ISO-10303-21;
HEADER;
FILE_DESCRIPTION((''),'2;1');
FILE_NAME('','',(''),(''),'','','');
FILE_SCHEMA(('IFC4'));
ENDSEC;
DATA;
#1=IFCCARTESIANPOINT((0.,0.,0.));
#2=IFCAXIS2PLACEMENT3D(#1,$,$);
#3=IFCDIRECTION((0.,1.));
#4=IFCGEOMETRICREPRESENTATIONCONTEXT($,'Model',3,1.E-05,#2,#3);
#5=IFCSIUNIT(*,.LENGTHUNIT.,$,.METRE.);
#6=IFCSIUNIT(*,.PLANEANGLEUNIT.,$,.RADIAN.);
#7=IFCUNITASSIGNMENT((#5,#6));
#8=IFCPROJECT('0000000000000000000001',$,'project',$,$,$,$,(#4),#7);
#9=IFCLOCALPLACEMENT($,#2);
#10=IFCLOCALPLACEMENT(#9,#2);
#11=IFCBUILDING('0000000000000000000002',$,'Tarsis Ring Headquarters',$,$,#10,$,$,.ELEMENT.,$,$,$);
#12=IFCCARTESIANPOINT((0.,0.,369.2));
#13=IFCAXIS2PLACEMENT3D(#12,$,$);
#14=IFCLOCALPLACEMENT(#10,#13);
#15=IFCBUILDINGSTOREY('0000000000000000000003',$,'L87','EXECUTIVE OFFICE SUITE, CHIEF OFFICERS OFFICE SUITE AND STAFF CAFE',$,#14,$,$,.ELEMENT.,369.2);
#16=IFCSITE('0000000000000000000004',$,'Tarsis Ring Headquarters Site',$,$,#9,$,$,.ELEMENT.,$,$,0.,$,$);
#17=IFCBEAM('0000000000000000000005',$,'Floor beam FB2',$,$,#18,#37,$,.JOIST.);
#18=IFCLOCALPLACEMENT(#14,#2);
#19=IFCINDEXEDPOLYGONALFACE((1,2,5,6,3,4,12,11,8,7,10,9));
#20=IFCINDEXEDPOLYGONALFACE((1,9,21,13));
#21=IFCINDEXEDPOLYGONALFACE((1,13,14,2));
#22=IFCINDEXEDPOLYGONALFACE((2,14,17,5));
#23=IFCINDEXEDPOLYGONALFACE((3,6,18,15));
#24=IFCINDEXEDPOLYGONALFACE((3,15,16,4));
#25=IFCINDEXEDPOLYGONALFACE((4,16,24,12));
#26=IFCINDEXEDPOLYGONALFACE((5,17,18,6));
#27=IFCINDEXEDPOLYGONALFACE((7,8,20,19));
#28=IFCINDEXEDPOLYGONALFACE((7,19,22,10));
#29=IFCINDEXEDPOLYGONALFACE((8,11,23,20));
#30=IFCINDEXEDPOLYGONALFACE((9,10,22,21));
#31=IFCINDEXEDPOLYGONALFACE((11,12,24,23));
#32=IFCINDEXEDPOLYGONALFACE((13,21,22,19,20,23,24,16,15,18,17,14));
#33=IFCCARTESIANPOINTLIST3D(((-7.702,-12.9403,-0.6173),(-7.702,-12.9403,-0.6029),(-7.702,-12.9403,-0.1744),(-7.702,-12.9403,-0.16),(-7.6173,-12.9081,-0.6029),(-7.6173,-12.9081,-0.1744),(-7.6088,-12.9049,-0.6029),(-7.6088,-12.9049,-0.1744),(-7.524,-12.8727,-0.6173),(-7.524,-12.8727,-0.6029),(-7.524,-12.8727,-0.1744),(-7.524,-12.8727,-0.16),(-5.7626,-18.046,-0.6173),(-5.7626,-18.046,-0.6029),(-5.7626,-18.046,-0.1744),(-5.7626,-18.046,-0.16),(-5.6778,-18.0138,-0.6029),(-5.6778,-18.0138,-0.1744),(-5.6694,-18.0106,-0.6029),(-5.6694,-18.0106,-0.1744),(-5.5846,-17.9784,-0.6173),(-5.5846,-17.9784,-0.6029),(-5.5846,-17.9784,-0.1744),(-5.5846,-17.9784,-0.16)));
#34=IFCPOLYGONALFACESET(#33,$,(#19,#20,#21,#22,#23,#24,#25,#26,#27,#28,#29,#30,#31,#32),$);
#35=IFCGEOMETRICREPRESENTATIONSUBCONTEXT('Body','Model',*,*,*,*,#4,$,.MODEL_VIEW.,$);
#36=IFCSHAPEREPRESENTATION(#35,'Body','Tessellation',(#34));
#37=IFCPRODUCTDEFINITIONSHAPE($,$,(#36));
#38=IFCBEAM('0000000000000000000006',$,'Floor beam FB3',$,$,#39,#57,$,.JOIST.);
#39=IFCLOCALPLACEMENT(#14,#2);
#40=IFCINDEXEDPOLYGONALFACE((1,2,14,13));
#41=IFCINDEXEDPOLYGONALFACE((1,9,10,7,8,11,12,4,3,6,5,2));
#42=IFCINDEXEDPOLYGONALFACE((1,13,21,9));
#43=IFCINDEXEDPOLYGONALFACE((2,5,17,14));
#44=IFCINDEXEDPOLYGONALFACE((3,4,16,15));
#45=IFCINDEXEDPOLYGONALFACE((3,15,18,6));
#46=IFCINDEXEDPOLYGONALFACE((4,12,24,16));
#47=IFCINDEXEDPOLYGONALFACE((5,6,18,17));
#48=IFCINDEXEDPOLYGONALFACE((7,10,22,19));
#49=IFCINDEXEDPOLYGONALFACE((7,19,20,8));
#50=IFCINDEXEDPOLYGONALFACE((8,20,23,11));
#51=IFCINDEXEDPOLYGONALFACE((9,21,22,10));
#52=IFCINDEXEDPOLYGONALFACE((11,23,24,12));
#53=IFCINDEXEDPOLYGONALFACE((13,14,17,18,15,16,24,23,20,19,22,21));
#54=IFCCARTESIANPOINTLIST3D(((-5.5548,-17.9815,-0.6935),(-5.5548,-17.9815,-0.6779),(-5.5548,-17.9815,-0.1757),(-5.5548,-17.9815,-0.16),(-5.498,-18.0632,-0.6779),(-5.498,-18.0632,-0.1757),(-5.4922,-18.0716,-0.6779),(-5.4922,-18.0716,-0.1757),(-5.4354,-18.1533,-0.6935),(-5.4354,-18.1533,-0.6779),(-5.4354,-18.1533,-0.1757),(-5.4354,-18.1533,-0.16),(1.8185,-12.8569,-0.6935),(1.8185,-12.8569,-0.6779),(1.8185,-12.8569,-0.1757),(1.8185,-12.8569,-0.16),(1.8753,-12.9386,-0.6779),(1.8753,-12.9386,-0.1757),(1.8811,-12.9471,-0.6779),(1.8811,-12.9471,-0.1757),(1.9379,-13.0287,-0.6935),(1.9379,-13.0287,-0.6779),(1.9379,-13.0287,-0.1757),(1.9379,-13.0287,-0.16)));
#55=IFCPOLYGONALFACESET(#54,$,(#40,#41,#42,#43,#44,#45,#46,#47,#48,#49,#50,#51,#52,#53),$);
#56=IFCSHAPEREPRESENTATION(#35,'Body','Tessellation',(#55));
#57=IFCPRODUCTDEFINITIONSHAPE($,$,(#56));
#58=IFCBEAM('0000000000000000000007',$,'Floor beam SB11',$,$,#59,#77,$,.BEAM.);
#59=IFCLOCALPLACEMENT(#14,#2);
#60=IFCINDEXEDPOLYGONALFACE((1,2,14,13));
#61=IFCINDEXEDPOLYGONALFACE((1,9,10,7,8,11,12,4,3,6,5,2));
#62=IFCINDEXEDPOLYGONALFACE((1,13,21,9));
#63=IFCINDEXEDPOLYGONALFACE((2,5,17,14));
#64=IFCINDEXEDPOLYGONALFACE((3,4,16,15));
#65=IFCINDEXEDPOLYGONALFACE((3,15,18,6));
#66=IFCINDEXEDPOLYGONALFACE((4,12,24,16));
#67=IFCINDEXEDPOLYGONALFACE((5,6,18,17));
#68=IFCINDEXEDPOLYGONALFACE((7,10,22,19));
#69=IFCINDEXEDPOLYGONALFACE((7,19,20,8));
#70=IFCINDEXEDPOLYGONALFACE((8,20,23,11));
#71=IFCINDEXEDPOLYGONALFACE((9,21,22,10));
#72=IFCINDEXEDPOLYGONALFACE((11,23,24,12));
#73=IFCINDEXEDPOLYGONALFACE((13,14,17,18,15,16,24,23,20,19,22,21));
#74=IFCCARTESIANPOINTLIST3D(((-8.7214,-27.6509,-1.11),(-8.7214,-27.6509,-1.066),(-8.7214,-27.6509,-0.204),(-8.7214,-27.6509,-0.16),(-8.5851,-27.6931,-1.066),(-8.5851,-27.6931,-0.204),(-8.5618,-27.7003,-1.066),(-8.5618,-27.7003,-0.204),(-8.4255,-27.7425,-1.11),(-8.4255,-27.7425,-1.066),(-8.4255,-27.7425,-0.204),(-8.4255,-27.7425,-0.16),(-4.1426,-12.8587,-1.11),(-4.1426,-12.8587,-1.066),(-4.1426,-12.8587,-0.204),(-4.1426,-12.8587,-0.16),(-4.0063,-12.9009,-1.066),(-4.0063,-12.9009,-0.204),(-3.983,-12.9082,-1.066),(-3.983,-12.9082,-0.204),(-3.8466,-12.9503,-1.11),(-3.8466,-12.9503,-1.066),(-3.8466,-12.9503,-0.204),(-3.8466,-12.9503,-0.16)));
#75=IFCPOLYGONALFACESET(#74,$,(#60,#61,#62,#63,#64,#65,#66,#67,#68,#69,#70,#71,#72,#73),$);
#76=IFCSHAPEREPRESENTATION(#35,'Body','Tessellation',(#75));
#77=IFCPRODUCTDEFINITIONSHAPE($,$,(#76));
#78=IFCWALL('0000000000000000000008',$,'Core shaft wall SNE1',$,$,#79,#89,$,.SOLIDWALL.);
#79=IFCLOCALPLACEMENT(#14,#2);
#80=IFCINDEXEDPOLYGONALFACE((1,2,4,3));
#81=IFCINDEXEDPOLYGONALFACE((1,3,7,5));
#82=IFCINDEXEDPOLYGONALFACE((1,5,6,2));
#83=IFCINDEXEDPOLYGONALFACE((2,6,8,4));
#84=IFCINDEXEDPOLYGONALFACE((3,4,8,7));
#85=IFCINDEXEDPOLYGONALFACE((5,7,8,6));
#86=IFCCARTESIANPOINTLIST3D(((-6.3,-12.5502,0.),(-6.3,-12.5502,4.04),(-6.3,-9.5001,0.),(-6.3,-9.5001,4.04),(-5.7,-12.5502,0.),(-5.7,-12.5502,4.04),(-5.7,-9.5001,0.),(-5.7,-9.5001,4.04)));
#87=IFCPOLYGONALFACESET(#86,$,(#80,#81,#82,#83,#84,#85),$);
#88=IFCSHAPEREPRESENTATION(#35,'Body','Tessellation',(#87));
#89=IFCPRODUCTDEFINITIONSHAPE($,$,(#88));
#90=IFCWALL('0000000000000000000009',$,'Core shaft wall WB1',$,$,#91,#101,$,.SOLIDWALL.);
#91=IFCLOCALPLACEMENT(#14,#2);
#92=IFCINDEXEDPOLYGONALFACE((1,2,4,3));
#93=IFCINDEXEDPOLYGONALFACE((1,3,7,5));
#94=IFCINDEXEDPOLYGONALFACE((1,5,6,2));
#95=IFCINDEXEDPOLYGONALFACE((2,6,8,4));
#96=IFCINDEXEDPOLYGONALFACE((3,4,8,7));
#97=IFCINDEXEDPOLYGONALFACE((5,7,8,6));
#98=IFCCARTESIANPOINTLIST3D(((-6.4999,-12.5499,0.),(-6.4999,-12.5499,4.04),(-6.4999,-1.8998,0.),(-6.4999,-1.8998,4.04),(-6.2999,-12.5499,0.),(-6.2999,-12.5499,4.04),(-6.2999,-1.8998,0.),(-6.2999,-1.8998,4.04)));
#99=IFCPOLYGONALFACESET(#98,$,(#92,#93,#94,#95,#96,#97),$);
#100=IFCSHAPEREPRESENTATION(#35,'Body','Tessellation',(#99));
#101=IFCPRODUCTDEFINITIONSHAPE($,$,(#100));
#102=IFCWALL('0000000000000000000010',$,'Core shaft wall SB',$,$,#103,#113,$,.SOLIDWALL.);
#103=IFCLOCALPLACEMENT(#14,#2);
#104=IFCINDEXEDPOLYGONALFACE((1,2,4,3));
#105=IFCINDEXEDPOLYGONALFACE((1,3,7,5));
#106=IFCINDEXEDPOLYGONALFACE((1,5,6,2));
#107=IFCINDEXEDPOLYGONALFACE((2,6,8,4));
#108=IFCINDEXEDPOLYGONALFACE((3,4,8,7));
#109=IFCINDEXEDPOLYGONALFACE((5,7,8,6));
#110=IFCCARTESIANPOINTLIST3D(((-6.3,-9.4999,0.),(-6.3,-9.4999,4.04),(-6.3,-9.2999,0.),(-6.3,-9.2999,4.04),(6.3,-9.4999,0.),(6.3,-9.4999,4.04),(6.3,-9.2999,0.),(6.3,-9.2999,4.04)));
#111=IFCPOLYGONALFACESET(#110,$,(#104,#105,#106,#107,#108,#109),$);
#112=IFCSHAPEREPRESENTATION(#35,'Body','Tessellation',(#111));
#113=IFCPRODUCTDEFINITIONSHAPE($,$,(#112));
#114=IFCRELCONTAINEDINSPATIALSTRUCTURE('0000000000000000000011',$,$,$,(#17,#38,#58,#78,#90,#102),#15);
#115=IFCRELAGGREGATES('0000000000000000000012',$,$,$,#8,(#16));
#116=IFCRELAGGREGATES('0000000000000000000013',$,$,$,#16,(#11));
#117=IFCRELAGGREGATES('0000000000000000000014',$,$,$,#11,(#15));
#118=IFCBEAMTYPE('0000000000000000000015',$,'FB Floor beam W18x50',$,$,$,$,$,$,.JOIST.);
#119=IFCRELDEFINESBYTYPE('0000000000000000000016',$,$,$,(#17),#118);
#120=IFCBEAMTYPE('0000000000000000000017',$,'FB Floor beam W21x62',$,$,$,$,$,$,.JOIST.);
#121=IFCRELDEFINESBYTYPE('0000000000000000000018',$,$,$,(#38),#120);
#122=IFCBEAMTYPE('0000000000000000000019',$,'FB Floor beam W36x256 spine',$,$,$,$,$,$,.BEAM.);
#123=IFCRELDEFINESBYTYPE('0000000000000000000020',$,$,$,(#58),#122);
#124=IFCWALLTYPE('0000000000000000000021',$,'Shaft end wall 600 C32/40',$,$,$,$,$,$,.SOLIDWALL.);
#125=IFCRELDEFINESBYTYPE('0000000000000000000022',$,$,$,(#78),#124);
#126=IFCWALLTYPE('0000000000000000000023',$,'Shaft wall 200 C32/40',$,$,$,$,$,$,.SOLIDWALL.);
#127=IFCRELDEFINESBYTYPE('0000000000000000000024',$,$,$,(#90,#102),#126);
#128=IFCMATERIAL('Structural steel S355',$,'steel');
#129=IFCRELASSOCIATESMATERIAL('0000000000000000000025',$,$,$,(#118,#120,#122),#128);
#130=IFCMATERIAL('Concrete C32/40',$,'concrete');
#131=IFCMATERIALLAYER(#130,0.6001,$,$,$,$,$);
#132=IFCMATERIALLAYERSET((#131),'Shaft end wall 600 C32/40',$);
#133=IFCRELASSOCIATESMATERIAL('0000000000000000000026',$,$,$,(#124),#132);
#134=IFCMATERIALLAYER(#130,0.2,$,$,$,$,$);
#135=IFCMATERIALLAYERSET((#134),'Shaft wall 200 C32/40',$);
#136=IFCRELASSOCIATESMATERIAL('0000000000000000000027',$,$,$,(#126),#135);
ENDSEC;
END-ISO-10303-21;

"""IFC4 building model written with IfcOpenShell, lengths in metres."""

from ifc_helpers import new_model, si_unit, direction, frame, frame_2d, origin, origin_2d, place, context, subcontext, project, spatial, rectangle, i_section, extrude, material, layer, layer_set, material_profile, profile_set, type_object, element, save


model = new_model("IFC4")

# Units and contexts
model_context = context("Model", 3, precision=1e-05, world=origin(), true_north=direction((0.0, 1.0)))
body_context = subcontext(model_context, "Body", "Model", "MODEL_VIEW")
ifc_project = project(units=[si_unit("LENGTHUNIT", "METRE"), si_unit("PLANEANGLEUNIT", "RADIAN")], contexts=[model_context])

# Site, building, storey
site_placement = place(None, origin())
site = spatial("IfcSite", under=ifc_project, at=site_placement, Name="Tarsis Ring Headquarters Site", CompositionType="ELEMENT", RefElevation=0.0)
building_placement = place(site_placement, origin())
building = spatial("IfcBuilding", under=site, at=building_placement, Name="Tarsis Ring Headquarters", CompositionType="ELEMENT")
storey_placement = place(building_placement, frame((0.0, 0.0, 369.2)))
storey = spatial("IfcBuildingStorey", under=building, at=storey_placement, Name="L87", Description="EXECUTIVE OFFICE SUITE, CHIEF OFFICERS OFFICE SUITE AND STAFF CAFE", CompositionType="ELEMENT", Elevation=369.2)

# Beams
ifc_material_1 = material(Name="Structural steel S355", Category="steel")
ifc_material_profile_1 = material_profile(ifc_material_1, i_section(OverallWidth=0.1904, OverallDepth=0.4573, WebThickness=0.009, FlangeThickness=0.0144, at=origin_2d()), Name="W18x50")
ifc_profile_set_1 = profile_set([ifc_material_profile_1], Name="Structural steel S355")
beam_type_1 = type_object("IfcBeamType", Name="FB Floor beam W18x50", PredefinedType="JOIST", material=ifc_profile_set_1)
beam_1_placement = place(storey_placement, frame((-7.613, -12.9065, -0.3887), z_axis=(0.355103, -0.934827, 0.0), x_axis=(0.934827, 0.355103, 0.0)))
element("IfcBeam", 1, at=beam_1_placement, inside=storey, type_object=beam_type_1, Name="Floor beam FB2", PredefinedType="JOIST", context=body_context, shape_type="SweptSolid", body=[
    extrude(i_section(OverallWidth=0.1904, OverallDepth=0.4573, WebThickness=0.009, FlangeThickness=0.0144, at=origin_2d()), origin(), (0.0, 0.0, 1.0), 5.4617),
])
ifc_material_profile_2 = material_profile(ifc_material_1, i_section(OverallWidth=0.2092, OverallDepth=0.5334, WebThickness=0.0103, FlangeThickness=0.0156, at=origin_2d()), Name="W21x62")
ifc_profile_set_2 = profile_set([ifc_material_profile_2], Name="Structural steel S355")
beam_type_2 = type_object("IfcBeamType", Name="FB Floor beam W21x62", PredefinedType="JOIST", material=ifc_profile_set_2)
beam_2_placement = place(storey_placement, frame((-5.4951, -18.0674, -0.4268), z_axis=(0.821152, 0.570709, 0.0), x_axis=(-0.570709, 0.821152, 0.0)))
element("IfcBeam", 2, at=beam_2_placement, inside=storey, type_object=beam_type_2, Name="Floor beam FB3", PredefinedType="JOIST", context=body_context, shape_type="SweptSolid", body=[
    extrude(i_section(OverallWidth=0.2092, OverallDepth=0.5334, WebThickness=0.0103, FlangeThickness=0.0156, at=origin_2d()), origin(), (0.0, 0.0, 1.0), 8.9792),
])
ifc_material_profile_3 = material_profile(ifc_material_1, i_section(OverallWidth=0.3098, OverallDepth=0.95, WebThickness=0.0244, FlangeThickness=0.0439, at=origin_2d()), Name="W36x256")
ifc_profile_set_3 = profile_set([ifc_material_profile_3], Name="Structural steel S355")
beam_type_3 = type_object("IfcBeamType", Name="FB Floor beam W36x256 spine", PredefinedType="BEAM", material=ifc_profile_set_3)
beam_3_placement = place(storey_placement, frame((-3.9946, -12.9045, -0.635), z_axis=(-0.295702, -0.95528, 0.0), x_axis=(0.95528, -0.295702, 0.0)))
element("IfcBeam", 3, at=beam_3_placement, inside=storey, type_object=beam_type_3, Name="Floor beam SB11", PredefinedType="BEAM", context=body_context, shape_type="SweptSolid", body=[
    extrude(i_section(OverallWidth=0.3098, OverallDepth=0.95, WebThickness=0.0244, FlangeThickness=0.0439, at=origin_2d()), origin(), (0.0, 0.0, 1.0), 15.4846),
])

# Walls
ifc_material_2 = material(Name="Concrete C32/40", Category="concrete")
ifc_layer_1 = layer(ifc_material_2, 0.6001)
ifc_layer_set_1 = layer_set([ifc_layer_1], Name="Shaft end wall 600 C32/40")
wall_type_1 = type_object("IfcWallType", Name="Shaft end wall 600 C32/40", PredefinedType="SOLIDWALL", material=ifc_layer_set_1)
wall_1_placement = place(storey_placement, frame((-6.0, -12.55, 0.0), z_axis=(0.0, 0.0, 1.0), x_axis=(0.0, 1.0, 0.0)))
element("IfcWall", 4, at=wall_1_placement, inside=storey, type_object=wall_type_1, Name="Core shaft wall SNE1", PredefinedType="SOLIDWALL", context=body_context, shape_type="SweptSolid", body=[
    extrude(rectangle(XDim=3.05, YDim=0.6001, at=frame_2d((1.5249, 0.0))), origin(), (0.0, 0.0, 1.0), 4.04),
])
ifc_layer_2 = layer(ifc_material_2, 0.2)
ifc_layer_set_2 = layer_set([ifc_layer_2], Name="Shaft wall 200 C32/40")
wall_type_2 = type_object("IfcWallType", Name="Shaft wall 200 C32/40", PredefinedType="SOLIDWALL", material=ifc_layer_set_2)
wall_2_placement = place(storey_placement, frame((-6.3999, -12.55, 0.0), z_axis=(0.0, 0.0, 1.0), x_axis=(0.0, 1.0, 0.0)))
element("IfcWall", 5, at=wall_2_placement, inside=storey, type_object=wall_type_2, Name="Core shaft wall WB1", PredefinedType="SOLIDWALL", context=body_context, shape_type="SweptSolid", body=[
    extrude(rectangle(XDim=10.6501, YDim=0.2, at=frame_2d((5.3252, 0.0))), origin(), (0.0, 0.0, 1.0), 4.04),
])
wall_3_placement = place(storey_placement, frame((-6.3, -9.3999, 0.0), z_axis=(0.0, 0.0, 1.0), x_axis=(1.0, 0.0, 0.0)))
element("IfcWall", 6, at=wall_3_placement, inside=storey, type_object=wall_type_2, Name="Core shaft wall SB", PredefinedType="SOLIDWALL", context=body_context, shape_type="SweptSolid", body=[
    extrude(rectangle(XDim=12.6001, YDim=0.2, at=frame_2d((6.3, 0.0))), origin(), (0.0, 0.0, 1.0), 4.04),
])

save(model, "model.ifc")
